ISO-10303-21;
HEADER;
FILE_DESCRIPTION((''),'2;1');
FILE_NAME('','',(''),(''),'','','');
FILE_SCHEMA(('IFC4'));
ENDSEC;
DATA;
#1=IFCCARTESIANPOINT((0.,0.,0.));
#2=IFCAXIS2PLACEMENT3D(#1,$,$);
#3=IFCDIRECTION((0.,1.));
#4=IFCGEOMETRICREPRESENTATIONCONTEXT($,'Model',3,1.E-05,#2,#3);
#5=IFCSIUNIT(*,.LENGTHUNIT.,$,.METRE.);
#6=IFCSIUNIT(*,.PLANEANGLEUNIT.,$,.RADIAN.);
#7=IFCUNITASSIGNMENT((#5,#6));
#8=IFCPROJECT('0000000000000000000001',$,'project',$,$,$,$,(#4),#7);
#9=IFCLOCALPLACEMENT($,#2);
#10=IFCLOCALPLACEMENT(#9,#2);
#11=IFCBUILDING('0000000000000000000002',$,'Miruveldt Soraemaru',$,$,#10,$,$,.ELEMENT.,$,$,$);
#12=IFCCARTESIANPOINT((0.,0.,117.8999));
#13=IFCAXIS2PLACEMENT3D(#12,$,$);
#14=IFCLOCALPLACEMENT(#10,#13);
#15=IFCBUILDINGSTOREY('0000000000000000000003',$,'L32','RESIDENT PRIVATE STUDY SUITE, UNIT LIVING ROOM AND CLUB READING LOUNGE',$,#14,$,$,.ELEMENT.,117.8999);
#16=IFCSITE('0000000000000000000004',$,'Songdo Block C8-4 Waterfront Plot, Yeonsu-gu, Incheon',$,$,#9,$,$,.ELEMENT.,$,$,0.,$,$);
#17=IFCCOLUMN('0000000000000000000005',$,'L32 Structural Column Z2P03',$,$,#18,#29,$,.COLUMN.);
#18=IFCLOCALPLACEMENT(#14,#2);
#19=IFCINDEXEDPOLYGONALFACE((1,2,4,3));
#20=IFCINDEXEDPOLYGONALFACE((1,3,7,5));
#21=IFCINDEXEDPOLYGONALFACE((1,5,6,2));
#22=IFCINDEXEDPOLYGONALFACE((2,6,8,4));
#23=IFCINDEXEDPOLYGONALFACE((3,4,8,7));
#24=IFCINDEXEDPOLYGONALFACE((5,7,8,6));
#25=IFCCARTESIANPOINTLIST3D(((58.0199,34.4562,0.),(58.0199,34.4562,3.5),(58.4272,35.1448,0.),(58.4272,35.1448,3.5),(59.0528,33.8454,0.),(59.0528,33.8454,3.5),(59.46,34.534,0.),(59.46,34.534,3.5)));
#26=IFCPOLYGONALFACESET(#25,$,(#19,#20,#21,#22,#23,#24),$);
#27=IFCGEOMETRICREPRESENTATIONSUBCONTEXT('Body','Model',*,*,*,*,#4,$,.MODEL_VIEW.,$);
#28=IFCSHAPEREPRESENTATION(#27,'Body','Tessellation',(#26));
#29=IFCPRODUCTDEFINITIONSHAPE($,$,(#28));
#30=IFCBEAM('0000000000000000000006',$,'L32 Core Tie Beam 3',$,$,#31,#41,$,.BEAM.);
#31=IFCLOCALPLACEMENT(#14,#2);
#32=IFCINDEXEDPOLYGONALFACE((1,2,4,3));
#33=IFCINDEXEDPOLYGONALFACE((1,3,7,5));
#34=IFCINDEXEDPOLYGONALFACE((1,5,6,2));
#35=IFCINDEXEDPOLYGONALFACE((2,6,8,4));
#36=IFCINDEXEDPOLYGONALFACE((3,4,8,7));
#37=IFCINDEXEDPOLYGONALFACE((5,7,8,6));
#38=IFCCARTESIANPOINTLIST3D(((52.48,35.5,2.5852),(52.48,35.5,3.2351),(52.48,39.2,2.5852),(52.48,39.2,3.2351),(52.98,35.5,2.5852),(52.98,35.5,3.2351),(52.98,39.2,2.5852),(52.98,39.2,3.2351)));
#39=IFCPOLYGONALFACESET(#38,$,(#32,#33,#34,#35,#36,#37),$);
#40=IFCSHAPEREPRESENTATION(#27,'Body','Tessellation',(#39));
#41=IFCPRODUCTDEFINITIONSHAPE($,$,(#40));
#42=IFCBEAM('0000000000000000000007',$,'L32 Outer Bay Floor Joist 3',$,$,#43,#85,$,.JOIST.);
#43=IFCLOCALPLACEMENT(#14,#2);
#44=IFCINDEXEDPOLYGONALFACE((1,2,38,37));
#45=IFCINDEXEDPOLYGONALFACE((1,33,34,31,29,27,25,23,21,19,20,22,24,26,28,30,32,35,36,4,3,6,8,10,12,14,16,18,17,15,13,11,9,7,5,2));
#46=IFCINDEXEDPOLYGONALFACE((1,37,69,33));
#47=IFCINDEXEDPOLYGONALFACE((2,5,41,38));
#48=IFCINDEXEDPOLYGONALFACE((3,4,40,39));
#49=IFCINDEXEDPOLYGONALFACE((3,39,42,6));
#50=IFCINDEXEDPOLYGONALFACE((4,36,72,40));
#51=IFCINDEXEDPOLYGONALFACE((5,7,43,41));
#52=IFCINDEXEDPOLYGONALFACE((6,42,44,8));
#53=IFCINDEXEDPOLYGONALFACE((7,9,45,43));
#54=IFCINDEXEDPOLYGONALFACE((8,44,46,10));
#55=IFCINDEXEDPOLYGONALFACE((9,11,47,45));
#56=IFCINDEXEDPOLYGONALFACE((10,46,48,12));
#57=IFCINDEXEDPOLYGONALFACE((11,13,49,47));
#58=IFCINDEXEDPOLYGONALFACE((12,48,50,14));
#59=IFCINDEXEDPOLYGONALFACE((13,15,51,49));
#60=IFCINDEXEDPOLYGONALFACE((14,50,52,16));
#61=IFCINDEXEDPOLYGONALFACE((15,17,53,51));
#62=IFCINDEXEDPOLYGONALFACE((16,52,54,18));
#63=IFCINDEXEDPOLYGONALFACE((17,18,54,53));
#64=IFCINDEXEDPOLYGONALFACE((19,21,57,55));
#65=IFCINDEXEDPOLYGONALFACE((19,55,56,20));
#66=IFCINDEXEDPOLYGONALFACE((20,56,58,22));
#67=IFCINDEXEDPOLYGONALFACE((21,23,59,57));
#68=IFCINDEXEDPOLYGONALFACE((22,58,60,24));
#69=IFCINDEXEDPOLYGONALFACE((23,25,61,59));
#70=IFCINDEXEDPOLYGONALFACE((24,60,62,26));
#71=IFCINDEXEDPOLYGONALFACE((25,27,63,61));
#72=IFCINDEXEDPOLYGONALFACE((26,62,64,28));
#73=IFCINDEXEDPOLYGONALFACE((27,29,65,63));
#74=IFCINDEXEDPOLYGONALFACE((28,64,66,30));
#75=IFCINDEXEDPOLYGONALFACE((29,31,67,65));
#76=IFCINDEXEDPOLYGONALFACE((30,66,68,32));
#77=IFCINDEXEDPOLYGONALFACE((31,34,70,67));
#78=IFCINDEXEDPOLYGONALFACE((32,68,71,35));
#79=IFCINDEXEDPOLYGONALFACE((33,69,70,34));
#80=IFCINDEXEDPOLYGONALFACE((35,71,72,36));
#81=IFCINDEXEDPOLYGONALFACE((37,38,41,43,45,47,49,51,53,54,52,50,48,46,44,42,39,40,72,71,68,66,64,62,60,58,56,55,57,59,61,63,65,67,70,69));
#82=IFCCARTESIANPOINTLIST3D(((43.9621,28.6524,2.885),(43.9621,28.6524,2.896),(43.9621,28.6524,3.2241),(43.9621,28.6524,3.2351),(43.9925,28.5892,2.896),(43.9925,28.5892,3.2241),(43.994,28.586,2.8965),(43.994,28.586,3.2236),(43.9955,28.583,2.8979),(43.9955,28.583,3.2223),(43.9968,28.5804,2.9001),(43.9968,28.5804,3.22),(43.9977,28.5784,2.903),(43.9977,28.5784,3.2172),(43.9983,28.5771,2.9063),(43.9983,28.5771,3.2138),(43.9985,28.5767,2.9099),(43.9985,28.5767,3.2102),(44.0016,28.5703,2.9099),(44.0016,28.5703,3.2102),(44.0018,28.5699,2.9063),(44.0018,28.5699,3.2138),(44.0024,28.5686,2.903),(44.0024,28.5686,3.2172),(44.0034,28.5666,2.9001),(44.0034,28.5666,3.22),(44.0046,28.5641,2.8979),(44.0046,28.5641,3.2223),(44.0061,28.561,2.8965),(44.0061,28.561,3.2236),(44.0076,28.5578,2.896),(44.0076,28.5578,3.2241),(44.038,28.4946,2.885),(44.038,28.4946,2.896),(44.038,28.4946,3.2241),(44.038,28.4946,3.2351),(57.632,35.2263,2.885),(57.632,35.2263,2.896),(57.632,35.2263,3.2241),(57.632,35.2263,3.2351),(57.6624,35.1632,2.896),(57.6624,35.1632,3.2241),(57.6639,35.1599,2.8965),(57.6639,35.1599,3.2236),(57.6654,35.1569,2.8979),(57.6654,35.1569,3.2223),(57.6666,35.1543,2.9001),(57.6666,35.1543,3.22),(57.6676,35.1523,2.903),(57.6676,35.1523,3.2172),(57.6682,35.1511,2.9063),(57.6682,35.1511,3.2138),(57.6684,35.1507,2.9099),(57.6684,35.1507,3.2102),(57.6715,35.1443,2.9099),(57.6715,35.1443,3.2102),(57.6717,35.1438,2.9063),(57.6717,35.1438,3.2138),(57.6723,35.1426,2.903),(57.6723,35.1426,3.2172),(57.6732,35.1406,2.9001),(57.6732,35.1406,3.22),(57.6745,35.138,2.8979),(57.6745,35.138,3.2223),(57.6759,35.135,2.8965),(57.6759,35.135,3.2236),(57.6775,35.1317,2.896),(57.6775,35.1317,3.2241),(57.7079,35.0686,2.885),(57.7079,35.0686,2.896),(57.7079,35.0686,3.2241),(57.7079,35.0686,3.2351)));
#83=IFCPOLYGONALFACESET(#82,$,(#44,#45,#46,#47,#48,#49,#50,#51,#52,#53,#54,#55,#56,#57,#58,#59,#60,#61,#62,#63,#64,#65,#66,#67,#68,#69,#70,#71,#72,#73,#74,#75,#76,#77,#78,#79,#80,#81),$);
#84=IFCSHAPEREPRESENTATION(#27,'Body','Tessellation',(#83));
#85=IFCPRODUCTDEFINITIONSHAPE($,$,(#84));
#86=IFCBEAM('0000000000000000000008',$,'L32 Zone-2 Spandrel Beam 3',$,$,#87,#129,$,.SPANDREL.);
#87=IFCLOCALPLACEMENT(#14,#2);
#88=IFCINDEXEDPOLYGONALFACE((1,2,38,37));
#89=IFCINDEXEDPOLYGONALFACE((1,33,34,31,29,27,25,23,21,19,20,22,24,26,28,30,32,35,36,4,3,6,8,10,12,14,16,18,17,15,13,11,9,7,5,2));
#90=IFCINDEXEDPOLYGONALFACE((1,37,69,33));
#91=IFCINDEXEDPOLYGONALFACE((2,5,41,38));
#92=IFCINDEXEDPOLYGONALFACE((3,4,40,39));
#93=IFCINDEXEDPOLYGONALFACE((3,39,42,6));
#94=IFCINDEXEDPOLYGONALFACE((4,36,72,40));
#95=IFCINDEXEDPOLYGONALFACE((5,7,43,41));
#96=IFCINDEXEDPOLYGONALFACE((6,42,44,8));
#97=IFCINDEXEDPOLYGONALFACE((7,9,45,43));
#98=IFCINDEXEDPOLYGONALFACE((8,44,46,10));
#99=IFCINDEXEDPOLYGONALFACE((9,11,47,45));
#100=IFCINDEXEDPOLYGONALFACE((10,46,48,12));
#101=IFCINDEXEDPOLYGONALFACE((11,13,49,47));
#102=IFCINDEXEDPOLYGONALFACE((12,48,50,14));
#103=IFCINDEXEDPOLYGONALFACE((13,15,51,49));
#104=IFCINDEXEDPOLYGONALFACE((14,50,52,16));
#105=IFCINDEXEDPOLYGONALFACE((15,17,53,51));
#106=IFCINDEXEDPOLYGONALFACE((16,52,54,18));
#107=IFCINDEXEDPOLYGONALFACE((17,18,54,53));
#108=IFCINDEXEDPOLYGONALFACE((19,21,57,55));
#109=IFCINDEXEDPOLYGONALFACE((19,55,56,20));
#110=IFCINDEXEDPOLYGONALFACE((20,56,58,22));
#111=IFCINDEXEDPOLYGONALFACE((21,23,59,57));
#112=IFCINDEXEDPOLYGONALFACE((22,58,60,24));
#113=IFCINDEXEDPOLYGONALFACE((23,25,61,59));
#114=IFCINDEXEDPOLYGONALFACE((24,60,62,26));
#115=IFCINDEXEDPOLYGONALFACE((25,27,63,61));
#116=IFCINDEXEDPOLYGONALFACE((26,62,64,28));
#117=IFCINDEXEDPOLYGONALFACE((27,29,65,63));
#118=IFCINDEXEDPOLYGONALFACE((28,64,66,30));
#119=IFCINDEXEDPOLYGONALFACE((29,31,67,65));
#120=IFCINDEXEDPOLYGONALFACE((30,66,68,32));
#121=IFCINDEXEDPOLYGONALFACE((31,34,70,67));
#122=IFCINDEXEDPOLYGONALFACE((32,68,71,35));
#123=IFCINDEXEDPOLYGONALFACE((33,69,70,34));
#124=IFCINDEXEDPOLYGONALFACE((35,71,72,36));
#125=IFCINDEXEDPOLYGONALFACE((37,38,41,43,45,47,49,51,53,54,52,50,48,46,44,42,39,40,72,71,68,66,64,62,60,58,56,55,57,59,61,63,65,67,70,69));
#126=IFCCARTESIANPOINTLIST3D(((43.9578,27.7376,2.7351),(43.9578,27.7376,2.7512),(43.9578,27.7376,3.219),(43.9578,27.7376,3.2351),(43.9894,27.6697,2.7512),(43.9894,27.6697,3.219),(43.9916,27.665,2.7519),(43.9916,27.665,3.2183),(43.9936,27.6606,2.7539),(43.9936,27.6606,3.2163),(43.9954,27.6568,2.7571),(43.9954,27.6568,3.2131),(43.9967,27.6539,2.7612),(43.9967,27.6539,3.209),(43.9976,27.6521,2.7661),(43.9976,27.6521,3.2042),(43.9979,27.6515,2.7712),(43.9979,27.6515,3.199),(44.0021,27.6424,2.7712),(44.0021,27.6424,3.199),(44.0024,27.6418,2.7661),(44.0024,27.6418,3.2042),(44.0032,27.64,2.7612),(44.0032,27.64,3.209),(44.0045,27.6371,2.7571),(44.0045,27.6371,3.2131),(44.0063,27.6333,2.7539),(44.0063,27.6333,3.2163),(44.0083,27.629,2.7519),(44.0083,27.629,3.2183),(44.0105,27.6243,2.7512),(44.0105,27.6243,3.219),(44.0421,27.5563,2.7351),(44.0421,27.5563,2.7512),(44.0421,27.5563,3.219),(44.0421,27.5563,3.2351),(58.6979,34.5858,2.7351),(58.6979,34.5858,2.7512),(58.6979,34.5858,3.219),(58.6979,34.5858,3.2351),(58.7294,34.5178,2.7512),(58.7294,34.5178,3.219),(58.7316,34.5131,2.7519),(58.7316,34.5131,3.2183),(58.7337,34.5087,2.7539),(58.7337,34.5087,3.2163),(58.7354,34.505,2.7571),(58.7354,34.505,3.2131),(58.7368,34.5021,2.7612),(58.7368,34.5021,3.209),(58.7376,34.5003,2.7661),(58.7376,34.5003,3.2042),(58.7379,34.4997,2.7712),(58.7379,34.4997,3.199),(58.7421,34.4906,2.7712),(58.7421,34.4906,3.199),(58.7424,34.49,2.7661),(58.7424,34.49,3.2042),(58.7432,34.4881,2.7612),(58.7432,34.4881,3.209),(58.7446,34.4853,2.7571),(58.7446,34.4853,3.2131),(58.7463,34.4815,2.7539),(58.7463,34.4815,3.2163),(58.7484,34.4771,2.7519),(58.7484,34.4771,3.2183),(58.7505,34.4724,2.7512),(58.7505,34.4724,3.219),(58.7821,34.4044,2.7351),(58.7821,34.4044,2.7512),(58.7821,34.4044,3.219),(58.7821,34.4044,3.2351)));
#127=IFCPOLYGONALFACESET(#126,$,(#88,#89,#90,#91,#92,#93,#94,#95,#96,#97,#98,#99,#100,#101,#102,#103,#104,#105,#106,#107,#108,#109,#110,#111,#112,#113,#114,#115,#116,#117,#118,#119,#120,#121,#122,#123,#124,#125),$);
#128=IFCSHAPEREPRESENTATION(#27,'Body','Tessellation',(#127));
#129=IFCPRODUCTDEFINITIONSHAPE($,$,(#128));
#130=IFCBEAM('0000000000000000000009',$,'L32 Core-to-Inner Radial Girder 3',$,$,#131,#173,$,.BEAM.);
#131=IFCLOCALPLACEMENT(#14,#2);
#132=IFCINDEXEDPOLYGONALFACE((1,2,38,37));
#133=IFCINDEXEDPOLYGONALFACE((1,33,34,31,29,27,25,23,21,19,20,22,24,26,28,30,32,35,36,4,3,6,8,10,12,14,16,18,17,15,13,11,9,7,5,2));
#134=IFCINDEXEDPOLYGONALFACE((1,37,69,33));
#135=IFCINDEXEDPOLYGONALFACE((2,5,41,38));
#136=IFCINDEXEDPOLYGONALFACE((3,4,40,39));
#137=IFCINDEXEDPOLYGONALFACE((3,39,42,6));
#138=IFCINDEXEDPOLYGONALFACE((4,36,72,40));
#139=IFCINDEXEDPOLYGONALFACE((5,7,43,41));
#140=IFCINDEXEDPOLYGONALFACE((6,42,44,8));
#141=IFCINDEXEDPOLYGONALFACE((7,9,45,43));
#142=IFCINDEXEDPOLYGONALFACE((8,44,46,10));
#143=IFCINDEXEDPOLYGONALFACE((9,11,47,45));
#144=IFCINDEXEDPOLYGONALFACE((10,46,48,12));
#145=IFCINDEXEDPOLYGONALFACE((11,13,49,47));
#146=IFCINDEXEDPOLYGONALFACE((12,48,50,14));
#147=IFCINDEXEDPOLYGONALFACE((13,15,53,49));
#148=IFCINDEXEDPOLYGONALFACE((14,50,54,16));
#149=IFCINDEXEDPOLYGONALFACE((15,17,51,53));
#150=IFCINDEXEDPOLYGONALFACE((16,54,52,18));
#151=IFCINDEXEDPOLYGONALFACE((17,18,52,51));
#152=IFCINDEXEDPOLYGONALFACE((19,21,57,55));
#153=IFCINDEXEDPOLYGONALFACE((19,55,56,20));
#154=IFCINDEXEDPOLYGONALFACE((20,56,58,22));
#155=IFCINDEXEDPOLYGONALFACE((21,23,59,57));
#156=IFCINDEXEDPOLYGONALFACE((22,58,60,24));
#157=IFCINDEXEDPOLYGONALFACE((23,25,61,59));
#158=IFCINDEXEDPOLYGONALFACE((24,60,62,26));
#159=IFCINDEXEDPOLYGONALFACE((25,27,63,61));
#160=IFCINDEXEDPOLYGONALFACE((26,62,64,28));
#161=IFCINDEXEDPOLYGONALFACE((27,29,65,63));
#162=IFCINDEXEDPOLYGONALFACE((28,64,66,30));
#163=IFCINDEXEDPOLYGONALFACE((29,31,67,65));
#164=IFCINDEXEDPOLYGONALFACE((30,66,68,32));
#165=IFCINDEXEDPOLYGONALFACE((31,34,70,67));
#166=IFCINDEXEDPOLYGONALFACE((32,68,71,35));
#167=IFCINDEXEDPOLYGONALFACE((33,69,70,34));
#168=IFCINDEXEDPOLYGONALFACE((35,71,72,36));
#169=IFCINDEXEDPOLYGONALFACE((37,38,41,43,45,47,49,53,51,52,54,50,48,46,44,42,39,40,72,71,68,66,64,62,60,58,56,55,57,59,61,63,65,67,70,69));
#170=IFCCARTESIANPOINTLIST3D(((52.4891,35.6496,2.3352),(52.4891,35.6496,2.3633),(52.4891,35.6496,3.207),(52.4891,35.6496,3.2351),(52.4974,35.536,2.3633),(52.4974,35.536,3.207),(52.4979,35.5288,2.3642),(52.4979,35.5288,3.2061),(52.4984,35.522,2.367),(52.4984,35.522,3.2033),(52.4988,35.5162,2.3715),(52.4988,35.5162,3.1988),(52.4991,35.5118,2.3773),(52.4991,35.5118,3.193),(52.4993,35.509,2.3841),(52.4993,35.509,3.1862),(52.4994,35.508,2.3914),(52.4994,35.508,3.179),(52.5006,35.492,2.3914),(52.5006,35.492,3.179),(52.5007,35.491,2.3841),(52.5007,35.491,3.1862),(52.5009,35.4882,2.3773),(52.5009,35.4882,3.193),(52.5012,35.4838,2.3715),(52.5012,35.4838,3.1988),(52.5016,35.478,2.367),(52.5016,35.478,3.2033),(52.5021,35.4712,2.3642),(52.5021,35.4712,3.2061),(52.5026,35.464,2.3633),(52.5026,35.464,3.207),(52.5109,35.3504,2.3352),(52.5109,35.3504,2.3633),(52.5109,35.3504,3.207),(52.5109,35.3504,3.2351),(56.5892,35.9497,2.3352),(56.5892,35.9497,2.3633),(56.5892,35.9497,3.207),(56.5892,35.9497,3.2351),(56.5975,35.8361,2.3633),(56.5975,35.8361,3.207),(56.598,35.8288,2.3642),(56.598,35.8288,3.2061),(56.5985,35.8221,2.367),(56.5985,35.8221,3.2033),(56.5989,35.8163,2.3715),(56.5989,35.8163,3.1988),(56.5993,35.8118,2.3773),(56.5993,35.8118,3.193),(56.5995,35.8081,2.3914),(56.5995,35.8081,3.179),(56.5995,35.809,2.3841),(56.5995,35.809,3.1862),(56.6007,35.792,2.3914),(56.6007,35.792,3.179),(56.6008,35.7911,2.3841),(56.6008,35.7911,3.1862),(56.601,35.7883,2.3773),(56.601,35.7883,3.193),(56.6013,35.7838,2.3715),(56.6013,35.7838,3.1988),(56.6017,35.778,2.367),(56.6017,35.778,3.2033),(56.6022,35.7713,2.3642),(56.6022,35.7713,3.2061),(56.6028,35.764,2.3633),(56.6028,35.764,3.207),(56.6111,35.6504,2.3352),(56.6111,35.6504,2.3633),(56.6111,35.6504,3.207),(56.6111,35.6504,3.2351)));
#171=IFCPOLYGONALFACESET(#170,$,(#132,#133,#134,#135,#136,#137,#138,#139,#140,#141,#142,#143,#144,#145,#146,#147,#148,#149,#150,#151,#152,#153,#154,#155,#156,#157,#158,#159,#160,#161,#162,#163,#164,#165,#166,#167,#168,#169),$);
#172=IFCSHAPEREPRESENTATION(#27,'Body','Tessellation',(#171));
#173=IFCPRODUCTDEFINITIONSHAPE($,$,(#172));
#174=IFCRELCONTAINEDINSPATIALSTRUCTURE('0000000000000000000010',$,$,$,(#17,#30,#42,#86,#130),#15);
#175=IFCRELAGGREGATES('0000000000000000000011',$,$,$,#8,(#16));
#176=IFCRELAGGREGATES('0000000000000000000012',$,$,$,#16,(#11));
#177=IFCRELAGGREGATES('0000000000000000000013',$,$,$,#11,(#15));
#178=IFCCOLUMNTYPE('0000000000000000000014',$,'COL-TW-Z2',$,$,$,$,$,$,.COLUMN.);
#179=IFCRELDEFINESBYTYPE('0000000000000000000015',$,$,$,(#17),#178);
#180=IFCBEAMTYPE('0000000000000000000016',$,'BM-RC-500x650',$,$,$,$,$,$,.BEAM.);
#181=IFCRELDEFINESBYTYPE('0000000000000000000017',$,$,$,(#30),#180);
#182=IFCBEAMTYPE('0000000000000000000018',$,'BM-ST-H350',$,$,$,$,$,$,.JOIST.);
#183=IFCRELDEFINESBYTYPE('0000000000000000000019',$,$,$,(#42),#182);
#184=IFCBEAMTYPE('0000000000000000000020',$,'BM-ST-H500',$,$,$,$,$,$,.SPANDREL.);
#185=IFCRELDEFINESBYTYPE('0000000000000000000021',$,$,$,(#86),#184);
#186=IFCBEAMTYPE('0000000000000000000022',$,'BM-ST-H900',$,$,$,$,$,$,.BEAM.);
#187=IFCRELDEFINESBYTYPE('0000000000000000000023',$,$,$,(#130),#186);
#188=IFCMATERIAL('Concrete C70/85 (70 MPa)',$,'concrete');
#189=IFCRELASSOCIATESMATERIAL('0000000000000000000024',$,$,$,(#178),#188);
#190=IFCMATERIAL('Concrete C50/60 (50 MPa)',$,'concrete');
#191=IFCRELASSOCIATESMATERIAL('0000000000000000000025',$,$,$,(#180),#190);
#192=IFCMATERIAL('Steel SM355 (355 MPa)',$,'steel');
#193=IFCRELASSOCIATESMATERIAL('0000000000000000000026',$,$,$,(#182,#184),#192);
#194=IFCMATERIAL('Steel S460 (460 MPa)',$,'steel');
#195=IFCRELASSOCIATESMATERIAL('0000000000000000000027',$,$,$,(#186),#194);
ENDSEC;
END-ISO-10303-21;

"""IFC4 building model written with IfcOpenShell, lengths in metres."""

from ifc_helpers import new_model, si_unit, direction, frame, origin, origin_2d, place, context, subcontext, project, spatial, rectangle, i_section, extrude, material, material_profile, profile_set, type_object, element, save


model = new_model("IFC4")

# Units and contexts
model_context = context("Model", 3, precision=1e-05, world=origin(), true_north=direction((0.0, 1.0)))
body_context = subcontext(model_context, "Body", "Model", "MODEL_VIEW")
ifc_project = project(units=[si_unit("LENGTHUNIT", "METRE"), si_unit("PLANEANGLEUNIT", "RADIAN")], contexts=[model_context])

# Site, building, storey
site_placement = place(None, origin())
site = spatial("IfcSite", under=ifc_project, at=site_placement, Name="Songdo Block C8-4 Waterfront Plot, Yeonsu-gu, Incheon", CompositionType="ELEMENT", RefElevation=0.0)
building_placement = place(site_placement, origin())
building = spatial("IfcBuilding", under=site, at=building_placement, Name="Miruveldt Soraemaru", CompositionType="ELEMENT")
storey_placement = place(building_placement, frame((0.0, 0.0, 117.8999)))
storey = spatial("IfcBuildingStorey", under=building, at=storey_placement, Name="L32", Description="RESIDENT PRIVATE STUDY SUITE, UNIT LIVING ROOM AND CLUB READING LOUNGE", CompositionType="ELEMENT", Elevation=117.8999)

# Column
ifc_material_1 = material(Name="Concrete C70/85 (70 MPa)", Category="concrete")
ifc_material_profile_1 = material_profile(ifc_material_1, rectangle(XDim=1.2, YDim=0.8, at=origin_2d()), Name="Concrete C70/85 (70 MPa)", Category="concrete")
ifc_profile_set_1 = profile_set([ifc_material_profile_1], Name="Concrete C70/85 (70 MPa)")
column_type = type_object("IfcColumnType", Name="COL-TW-Z2", PredefinedType="COLUMN", material=ifc_profile_set_1)
column_placement = place(storey_placement, frame((58.74, 34.4951, 0.0), z_axis=(0.0, 0.0, 1.0), x_axis=(-0.860742, 0.509041, 0.0)))
element("IfcColumn", 1, at=column_placement, inside=storey, type_object=column_type, Name="L32 Structural Column Z2P03", PredefinedType="COLUMN", context=body_context, shape_type="SweptSolid", body=[
    extrude(rectangle(XDim=1.2, YDim=0.8, at=origin_2d()), origin(), (0.0, 0.0, 1.0), 3.5),
])

# Beams
ifc_material_2 = material(Name="Concrete C50/60 (50 MPa)", Category="concrete")
ifc_material_profile_2 = material_profile(ifc_material_2, rectangle(XDim=0.5, YDim=0.6499, at=origin_2d()), Name="Concrete C50/60 (50 MPa)", Category="concrete")
ifc_profile_set_2 = profile_set([ifc_material_profile_2], Name="Concrete C50/60 (50 MPa)")
beam_type_1 = type_object("IfcBeamType", Name="BM-RC-500x650", PredefinedType="BEAM", material=ifc_profile_set_2)
beam_1_placement = place(storey_placement, frame((52.73, 35.5, 2.9102), z_axis=(0.0, 1.0, 0.0), x_axis=(-1.0, 0.0, 0.0)))
element("IfcBeam", 2, at=beam_1_placement, inside=storey, type_object=beam_type_1, Name="L32 Core Tie Beam 3", PredefinedType="BEAM", context=body_context, shape_type="SweptSolid", body=[
    extrude(rectangle(XDim=0.5, YDim=0.6499, at=origin_2d()), origin(), (0.0, 0.0, 1.0), 3.7),
])
ifc_material_3 = material(Name="Steel SM355 (355 MPa)", Category="steel")
ifc_material_profile_3 = material_profile(ifc_material_3, i_section(OverallWidth=0.175, OverallDepth=0.3501, WebThickness=0.0071, FlangeThickness=0.011, FilletRadius=0.0139, at=origin_2d()), Name="Steel SM355 (355 MPa)", Category="steel")
ifc_profile_set_3 = profile_set([ifc_material_profile_3], Name="Steel SM355 (355 MPa)")
beam_type_2 = type_object("IfcBeamType", Name="BM-ST-H350", PredefinedType="JOIST", material=ifc_profile_set_3)
beam_2_placement = place(storey_placement, frame((57.6699, 35.1475, 3.0601), z_axis=(-0.901204, -0.433396, 0.0), x_axis=(0.433396, -0.901204, 0.0)))
element("IfcBeam", 3, at=beam_2_placement, inside=storey, type_object=beam_type_2, Name="L32 Outer Bay Floor Joist 3", PredefinedType="JOIST", context=body_context, shape_type="SweptSolid", body=[
    extrude(i_section(OverallWidth=0.175, OverallDepth=0.3501, WebThickness=0.0071, FlangeThickness=0.011, FilletRadius=0.0139, at=origin_2d()), origin(), (0.0, 0.0, 1.0), 15.1685),
])
ifc_material_profile_4 = material_profile(ifc_material_3, i_section(OverallWidth=0.2, OverallDepth=0.5, WebThickness=0.01, FlangeThickness=0.0161, FilletRadius=0.02, at=origin_2d()), Name="Steel SM355 (355 MPa)", Category="steel")
ifc_profile_set_4 = profile_set([ifc_material_profile_4], Name="Steel SM355 (355 MPa)")
beam_type_3 = type_object("IfcBeamType", Name="BM-ST-H500", PredefinedType="SPANDREL", material=ifc_profile_set_4)
beam_3_placement = place(storey_placement, frame((58.74, 34.4951, 2.9851), z_axis=(-0.906901, -0.421343, 0.0), x_axis=(0.421343, -0.906901, 0.0)))
element("IfcBeam", 4, at=beam_3_placement, inside=storey, type_object=beam_type_3, Name="L32 Zone-2 Spandrel Beam 3", PredefinedType="SPANDREL", context=body_context, shape_type="SweptSolid", body=[
    extrude(i_section(OverallWidth=0.2, OverallDepth=0.5, WebThickness=0.01, FlangeThickness=0.0161, FilletRadius=0.02, at=origin_2d()), origin(), (0.0, 0.0, 1.0), 16.2532),
])
ifc_material_4 = material(Name="Steel S460 (460 MPa)", Category="steel")
ifc_material_profile_5 = material_profile(ifc_material_4, i_section(OverallWidth=0.3, OverallDepth=0.8999, WebThickness=0.0161, FlangeThickness=0.0281, FilletRadius=0.0281, at=origin_2d()), Name="Steel S460 (460 MPa)", Category="steel")
ifc_profile_set_5 = profile_set([ifc_material_profile_5], Name="Steel S460 (460 MPa)")
beam_type_4 = type_object("IfcBeamType", Name="BM-ST-H900", PredefinedType="BEAM", material=ifc_profile_set_5)
beam_4_placement = place(storey_placement, frame((52.5, 35.5, 2.7852), z_axis=(0.997333, 0.072986, 0.0), x_axis=(-0.072986, 0.997333, 0.0)))
element("IfcBeam", 5, at=beam_4_placement, inside=storey, type_object=beam_type_4, Name="L32 Core-to-Inner Radial Girder 3", PredefinedType="BEAM", context=body_context, shape_type="SweptSolid", body=[
    extrude(i_section(OverallWidth=0.3, OverallDepth=0.8999, WebThickness=0.0161, FlangeThickness=0.0281, FilletRadius=0.0281, at=origin_2d()), origin(), (0.0, 0.0, 1.0), 4.1111),
])

save(model, "model.ifc")
